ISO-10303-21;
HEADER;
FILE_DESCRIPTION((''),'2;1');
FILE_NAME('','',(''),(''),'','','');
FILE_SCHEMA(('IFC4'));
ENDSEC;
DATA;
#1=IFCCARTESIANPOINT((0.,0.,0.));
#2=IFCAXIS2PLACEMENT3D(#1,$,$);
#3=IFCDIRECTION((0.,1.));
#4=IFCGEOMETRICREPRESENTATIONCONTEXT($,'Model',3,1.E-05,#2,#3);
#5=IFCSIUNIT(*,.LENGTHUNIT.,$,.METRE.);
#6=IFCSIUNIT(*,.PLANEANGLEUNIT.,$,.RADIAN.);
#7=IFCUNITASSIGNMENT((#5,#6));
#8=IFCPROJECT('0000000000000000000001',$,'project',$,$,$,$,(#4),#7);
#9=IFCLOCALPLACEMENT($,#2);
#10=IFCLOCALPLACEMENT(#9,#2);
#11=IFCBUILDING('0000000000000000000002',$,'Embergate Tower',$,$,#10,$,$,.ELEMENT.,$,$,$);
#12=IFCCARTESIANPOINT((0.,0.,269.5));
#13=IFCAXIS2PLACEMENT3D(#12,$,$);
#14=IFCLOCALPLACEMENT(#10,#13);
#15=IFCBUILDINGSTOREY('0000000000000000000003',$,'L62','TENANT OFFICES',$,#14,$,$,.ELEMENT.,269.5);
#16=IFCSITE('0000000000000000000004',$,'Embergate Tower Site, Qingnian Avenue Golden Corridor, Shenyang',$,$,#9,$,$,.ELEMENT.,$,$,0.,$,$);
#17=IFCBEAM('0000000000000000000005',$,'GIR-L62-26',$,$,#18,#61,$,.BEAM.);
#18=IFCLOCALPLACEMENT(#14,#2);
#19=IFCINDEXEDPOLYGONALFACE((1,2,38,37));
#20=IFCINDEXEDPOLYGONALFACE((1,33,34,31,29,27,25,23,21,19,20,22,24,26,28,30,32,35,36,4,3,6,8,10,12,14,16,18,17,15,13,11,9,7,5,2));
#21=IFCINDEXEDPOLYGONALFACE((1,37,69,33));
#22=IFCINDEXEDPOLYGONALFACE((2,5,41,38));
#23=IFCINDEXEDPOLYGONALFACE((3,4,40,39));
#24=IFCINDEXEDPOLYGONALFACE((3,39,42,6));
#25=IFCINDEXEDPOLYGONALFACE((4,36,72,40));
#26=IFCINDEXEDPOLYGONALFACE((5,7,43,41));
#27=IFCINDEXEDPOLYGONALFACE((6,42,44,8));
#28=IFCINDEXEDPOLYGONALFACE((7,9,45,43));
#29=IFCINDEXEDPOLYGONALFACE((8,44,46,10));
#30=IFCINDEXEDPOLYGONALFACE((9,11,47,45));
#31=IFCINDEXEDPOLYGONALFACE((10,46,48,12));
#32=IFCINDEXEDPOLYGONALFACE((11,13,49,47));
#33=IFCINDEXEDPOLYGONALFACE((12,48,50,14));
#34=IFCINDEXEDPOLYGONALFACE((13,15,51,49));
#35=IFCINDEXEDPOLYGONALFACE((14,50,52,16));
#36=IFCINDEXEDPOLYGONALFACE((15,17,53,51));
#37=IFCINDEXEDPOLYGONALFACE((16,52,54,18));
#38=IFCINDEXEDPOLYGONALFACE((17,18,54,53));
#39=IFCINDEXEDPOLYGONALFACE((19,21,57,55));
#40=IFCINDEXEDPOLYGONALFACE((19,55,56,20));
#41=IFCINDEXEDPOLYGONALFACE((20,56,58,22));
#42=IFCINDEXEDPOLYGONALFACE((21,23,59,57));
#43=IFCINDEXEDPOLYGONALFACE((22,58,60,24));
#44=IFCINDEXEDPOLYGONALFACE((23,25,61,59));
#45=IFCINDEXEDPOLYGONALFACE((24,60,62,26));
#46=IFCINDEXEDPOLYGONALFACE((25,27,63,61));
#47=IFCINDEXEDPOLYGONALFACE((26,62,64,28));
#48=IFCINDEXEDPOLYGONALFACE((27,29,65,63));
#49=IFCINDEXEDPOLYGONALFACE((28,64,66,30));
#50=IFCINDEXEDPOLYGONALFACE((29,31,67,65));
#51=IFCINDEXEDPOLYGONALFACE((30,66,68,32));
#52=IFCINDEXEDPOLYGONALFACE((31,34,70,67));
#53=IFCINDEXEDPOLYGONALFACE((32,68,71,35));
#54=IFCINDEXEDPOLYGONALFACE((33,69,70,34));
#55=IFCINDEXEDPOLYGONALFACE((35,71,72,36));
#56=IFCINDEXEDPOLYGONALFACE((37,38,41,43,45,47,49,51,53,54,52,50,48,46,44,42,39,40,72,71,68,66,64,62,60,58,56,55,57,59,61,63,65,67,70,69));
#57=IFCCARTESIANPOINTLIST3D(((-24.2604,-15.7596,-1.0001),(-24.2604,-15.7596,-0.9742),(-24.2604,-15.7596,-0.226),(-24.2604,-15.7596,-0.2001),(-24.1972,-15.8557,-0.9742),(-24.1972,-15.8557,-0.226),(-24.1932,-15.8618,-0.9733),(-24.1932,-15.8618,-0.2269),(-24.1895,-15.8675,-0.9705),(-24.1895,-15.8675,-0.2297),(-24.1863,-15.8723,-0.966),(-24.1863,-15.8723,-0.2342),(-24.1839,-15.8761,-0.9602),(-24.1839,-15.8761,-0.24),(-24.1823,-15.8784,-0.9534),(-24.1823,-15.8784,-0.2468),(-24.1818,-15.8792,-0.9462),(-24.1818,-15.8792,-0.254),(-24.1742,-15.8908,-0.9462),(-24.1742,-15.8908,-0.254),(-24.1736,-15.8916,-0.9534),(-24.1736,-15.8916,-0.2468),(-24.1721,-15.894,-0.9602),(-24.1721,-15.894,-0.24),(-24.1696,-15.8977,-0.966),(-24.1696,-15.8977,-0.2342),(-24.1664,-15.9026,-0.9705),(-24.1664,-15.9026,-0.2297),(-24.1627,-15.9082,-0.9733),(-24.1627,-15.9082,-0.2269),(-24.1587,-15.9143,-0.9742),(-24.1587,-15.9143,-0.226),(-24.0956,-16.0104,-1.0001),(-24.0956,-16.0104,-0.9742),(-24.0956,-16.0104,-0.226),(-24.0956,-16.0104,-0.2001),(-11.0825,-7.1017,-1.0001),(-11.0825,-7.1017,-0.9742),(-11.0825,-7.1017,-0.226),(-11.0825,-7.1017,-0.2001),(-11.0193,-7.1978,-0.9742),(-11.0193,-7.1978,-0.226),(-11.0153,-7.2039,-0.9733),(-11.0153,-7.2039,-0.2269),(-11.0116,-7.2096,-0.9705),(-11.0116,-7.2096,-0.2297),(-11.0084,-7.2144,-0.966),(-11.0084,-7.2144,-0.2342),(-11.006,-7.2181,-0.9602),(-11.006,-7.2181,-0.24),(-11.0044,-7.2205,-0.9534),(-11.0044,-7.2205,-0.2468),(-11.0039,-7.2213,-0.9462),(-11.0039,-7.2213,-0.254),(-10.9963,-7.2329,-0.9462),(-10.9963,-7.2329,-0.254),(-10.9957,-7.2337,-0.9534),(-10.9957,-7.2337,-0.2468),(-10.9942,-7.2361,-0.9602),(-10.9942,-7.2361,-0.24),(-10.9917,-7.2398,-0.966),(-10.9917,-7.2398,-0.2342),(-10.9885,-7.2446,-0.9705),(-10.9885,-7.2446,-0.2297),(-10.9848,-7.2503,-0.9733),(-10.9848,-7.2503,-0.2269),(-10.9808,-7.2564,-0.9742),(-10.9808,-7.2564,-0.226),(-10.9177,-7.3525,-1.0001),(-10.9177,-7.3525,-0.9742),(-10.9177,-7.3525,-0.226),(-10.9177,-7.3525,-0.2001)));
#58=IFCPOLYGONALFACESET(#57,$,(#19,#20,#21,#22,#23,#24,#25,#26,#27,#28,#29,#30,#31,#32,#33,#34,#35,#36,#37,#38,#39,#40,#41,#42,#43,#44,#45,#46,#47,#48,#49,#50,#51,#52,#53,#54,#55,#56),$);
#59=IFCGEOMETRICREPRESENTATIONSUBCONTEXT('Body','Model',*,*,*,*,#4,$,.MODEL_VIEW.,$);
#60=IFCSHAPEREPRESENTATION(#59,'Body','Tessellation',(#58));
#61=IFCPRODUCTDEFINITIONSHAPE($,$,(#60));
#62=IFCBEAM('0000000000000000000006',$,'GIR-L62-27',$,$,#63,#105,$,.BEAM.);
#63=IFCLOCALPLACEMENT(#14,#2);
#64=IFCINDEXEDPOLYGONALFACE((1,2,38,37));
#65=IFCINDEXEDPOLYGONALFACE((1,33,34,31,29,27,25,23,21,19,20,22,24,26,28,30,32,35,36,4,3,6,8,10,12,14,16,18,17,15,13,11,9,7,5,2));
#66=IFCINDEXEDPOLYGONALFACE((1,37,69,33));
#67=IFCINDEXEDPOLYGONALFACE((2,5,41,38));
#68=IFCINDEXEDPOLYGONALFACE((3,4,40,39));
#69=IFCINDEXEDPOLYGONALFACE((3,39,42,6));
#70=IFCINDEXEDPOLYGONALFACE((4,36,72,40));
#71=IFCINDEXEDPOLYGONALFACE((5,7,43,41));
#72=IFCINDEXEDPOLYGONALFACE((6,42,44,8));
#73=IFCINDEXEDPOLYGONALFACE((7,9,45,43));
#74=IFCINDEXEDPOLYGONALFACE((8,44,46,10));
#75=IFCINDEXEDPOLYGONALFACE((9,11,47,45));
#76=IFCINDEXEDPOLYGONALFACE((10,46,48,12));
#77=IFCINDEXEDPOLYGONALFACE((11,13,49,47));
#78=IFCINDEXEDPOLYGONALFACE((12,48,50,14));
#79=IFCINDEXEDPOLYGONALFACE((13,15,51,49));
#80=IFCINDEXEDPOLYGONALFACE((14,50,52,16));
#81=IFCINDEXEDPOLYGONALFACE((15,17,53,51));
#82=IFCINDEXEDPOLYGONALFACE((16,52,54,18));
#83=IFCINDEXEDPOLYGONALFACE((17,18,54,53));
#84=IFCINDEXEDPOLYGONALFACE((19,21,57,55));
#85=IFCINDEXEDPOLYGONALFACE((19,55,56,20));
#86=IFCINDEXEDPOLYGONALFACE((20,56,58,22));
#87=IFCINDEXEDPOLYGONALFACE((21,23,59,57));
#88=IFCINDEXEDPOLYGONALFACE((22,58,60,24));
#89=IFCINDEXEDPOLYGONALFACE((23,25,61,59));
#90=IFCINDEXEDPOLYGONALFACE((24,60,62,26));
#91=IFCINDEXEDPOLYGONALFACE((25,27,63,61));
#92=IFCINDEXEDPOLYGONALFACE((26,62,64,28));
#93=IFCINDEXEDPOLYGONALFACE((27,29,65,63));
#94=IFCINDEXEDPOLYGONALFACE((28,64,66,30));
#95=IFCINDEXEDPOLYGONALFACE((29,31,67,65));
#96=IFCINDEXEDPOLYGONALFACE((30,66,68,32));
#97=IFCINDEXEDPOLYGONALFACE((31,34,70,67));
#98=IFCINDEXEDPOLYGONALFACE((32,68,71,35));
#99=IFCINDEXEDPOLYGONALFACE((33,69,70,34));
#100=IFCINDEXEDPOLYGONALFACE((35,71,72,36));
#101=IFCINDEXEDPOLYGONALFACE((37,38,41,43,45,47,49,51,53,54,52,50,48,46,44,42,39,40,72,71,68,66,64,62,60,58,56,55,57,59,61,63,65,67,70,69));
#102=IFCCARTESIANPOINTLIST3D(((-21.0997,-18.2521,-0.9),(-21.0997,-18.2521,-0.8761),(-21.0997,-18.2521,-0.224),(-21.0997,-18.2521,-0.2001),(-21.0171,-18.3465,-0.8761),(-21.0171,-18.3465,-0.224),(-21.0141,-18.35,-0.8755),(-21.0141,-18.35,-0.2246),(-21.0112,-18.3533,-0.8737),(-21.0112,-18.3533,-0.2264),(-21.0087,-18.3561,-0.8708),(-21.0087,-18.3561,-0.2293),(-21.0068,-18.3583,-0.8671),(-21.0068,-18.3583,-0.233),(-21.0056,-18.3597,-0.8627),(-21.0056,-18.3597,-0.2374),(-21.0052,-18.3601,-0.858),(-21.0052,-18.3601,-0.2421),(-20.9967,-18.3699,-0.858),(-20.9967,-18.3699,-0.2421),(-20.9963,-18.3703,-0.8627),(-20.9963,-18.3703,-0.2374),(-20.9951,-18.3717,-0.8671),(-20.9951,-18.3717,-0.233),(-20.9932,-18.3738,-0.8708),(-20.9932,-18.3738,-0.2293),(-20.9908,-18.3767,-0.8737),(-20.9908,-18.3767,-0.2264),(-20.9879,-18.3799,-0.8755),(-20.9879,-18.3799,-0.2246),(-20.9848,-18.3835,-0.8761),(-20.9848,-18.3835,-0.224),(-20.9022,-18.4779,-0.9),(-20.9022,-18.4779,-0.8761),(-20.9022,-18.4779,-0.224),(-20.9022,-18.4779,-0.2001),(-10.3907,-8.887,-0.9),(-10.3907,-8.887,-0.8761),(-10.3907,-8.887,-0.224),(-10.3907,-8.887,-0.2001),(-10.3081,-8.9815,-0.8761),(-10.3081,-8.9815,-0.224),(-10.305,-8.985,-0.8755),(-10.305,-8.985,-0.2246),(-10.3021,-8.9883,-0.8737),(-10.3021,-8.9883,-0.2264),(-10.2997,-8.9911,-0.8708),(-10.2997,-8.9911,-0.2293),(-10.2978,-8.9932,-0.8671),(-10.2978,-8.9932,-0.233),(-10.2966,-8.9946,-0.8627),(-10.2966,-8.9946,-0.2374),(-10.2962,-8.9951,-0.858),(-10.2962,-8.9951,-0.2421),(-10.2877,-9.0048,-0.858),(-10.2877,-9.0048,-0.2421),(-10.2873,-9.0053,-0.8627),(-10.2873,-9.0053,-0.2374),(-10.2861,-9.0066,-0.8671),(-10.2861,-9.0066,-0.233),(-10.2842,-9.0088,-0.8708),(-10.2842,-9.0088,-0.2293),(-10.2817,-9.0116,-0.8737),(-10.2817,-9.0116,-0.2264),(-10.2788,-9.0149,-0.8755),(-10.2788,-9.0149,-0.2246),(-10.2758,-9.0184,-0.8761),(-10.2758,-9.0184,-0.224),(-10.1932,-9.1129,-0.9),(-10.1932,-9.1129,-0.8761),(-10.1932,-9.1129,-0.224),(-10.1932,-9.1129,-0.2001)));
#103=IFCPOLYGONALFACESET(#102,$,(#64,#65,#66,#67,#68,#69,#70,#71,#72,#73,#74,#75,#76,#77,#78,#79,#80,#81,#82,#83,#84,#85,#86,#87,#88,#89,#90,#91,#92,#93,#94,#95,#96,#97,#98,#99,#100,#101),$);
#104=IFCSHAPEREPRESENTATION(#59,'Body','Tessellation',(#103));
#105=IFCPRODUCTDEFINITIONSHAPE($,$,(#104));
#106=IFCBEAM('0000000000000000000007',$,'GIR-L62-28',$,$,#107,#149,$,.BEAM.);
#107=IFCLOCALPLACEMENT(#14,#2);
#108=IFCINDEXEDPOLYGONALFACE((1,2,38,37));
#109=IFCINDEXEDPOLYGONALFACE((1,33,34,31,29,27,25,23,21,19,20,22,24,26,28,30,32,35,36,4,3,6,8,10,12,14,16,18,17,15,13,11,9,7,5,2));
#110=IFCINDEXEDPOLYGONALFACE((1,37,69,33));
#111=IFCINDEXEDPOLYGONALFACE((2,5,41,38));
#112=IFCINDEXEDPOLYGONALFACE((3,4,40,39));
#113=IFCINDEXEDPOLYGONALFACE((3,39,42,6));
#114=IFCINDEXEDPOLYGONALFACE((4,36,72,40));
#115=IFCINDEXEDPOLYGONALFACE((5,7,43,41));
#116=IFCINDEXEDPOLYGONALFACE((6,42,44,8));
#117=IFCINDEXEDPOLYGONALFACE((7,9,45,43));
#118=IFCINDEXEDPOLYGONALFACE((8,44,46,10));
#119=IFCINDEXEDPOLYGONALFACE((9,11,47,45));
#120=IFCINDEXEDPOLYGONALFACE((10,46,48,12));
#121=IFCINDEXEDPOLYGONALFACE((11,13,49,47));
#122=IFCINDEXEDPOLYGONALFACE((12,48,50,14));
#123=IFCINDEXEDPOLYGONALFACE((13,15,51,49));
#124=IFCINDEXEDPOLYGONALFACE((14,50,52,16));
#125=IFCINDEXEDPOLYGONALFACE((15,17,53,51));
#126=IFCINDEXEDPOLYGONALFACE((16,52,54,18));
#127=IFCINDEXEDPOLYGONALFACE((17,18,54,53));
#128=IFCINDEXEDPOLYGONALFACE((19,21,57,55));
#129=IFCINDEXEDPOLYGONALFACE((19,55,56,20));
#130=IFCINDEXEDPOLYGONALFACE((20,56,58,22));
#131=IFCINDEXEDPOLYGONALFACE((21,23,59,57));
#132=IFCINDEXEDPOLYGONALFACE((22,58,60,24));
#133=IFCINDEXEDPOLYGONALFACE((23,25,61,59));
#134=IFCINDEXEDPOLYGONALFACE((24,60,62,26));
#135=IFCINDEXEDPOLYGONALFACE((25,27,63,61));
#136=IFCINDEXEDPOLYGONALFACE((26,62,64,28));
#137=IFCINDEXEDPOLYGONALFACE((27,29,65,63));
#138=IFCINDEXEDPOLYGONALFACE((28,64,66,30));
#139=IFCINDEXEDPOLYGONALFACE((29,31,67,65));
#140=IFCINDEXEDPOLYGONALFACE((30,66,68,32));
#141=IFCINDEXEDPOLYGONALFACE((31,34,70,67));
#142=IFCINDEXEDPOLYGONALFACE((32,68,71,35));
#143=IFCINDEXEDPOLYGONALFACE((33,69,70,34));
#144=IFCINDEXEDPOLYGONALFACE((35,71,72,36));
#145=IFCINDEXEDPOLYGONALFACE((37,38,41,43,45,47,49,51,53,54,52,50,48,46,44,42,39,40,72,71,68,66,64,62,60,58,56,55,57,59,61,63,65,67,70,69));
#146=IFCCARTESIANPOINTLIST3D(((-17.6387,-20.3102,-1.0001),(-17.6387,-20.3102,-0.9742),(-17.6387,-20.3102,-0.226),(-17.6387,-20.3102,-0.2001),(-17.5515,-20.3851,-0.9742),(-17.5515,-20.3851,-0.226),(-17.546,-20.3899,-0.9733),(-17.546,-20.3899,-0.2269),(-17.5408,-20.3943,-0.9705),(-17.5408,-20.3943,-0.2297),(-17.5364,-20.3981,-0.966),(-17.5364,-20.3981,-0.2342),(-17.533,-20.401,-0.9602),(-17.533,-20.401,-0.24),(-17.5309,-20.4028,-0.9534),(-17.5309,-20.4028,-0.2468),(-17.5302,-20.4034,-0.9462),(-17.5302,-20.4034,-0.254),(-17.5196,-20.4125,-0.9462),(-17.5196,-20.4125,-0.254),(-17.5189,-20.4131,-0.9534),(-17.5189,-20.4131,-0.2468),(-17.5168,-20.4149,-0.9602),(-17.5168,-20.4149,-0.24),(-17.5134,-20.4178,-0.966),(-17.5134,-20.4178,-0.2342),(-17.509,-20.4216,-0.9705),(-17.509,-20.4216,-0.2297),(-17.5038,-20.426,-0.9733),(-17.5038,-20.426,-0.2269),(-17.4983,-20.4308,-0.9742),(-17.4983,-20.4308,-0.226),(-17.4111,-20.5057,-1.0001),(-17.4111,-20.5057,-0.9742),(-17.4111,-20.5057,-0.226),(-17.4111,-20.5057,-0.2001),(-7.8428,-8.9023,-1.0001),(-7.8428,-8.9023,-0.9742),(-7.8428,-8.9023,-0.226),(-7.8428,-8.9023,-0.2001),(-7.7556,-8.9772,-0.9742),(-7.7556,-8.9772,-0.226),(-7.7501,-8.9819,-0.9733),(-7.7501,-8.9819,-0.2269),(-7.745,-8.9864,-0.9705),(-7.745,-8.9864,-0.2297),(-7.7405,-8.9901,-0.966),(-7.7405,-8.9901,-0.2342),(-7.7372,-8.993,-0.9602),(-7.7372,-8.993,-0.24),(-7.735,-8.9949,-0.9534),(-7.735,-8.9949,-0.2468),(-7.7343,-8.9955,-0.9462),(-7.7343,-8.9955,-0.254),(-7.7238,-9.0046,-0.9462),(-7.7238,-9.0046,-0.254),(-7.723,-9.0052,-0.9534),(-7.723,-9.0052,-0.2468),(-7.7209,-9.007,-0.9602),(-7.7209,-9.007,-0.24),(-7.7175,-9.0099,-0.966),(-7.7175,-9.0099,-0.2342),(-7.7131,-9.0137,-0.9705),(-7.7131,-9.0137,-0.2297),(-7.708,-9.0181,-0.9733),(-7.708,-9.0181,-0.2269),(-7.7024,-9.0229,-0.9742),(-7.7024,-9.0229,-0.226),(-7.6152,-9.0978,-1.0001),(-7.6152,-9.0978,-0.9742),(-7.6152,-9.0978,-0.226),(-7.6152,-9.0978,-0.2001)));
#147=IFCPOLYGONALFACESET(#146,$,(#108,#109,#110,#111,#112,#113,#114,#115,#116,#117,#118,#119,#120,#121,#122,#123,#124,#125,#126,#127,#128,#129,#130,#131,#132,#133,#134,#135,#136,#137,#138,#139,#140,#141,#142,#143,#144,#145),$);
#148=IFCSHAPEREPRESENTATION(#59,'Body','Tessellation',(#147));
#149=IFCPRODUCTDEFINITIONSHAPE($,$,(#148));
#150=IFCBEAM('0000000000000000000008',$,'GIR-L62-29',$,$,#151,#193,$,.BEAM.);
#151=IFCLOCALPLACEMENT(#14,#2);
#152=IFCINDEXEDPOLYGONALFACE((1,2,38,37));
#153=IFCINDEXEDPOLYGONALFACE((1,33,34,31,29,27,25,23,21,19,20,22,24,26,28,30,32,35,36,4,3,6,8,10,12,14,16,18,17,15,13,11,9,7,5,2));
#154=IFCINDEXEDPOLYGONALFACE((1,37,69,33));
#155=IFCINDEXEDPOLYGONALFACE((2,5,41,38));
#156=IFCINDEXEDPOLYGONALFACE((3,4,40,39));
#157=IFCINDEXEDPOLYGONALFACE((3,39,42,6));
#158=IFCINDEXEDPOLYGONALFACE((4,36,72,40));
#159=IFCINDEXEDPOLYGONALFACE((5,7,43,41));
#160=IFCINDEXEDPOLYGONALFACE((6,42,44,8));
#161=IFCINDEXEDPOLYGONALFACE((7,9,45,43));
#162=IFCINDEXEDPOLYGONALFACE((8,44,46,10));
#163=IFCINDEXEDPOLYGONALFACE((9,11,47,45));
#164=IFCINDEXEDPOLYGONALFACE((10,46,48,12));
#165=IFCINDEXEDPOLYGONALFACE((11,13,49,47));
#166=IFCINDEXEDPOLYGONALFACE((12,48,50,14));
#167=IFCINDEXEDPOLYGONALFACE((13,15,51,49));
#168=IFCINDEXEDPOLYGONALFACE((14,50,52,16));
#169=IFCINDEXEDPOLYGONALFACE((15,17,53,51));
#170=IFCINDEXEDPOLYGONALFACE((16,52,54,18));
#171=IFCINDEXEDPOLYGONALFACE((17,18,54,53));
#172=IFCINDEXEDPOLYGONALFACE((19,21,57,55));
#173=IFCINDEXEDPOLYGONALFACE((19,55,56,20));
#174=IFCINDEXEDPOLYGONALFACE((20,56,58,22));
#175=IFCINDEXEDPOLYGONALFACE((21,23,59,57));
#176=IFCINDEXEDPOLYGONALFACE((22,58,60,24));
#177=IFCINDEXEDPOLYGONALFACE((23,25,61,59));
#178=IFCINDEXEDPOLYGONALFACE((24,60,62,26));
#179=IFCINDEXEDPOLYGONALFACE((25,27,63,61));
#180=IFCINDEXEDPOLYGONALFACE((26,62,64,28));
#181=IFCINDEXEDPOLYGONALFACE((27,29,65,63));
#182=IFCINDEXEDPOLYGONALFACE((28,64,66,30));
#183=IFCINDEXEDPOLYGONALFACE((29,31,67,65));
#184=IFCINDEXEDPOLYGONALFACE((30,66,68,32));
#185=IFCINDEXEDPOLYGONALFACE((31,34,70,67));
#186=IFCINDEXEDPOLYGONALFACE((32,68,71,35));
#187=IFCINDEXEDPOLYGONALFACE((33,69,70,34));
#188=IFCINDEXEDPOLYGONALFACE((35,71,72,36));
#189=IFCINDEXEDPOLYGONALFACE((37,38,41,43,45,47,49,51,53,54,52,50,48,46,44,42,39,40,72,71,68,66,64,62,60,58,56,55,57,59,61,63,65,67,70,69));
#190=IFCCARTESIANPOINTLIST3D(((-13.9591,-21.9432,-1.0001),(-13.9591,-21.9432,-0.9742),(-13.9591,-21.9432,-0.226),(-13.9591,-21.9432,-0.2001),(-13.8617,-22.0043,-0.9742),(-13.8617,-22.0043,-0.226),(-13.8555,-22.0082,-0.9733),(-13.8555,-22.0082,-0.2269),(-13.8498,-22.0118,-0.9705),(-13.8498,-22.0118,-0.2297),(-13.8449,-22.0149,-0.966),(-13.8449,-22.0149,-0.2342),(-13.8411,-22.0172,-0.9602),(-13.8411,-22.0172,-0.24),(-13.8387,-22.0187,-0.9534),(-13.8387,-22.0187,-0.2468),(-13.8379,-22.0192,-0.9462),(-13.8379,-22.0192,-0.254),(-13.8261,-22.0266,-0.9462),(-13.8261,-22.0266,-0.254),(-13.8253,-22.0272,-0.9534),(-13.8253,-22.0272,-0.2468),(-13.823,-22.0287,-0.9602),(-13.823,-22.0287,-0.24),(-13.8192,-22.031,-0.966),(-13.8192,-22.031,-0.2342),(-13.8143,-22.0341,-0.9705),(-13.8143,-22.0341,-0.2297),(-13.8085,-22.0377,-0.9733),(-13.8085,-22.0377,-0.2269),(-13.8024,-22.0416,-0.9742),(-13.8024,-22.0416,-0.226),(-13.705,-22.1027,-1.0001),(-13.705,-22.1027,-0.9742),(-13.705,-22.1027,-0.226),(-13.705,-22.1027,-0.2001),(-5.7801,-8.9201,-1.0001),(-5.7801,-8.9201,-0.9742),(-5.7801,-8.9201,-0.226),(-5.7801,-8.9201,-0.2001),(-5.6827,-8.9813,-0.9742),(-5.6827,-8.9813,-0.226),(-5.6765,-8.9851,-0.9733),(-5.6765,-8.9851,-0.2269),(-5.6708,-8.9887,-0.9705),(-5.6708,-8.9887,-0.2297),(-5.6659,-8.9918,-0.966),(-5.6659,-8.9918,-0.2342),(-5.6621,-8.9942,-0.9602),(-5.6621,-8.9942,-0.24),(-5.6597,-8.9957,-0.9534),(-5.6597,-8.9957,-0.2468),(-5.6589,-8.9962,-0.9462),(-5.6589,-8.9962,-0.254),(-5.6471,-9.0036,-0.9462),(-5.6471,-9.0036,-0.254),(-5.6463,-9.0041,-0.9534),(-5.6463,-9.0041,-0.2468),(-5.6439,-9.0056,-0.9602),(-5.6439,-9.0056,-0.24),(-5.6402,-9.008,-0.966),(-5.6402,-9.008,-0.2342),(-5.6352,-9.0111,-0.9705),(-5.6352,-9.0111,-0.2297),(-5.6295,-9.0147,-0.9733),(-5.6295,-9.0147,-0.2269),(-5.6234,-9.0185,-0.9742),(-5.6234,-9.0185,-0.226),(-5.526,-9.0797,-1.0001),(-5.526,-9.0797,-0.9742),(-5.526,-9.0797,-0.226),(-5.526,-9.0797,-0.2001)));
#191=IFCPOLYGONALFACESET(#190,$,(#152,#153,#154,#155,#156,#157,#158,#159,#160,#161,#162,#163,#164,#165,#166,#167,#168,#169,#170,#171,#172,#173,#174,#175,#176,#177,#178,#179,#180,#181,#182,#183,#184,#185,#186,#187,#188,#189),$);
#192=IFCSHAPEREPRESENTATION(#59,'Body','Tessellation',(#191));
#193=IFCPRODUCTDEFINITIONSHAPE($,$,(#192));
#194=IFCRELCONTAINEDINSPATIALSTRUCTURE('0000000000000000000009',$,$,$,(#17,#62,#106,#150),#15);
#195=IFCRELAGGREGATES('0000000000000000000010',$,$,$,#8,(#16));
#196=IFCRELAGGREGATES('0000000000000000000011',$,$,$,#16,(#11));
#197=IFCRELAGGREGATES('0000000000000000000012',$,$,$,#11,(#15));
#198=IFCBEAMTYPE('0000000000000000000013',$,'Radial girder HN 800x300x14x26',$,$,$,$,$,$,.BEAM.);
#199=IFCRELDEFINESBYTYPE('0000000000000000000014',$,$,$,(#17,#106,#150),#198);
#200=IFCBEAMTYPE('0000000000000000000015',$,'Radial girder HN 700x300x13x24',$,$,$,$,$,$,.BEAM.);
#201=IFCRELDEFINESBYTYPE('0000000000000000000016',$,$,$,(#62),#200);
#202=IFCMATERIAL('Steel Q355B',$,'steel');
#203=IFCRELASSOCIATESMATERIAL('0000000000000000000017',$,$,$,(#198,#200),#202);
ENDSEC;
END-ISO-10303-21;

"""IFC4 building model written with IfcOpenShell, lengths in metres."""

from ifc_helpers import new_model, si_unit, direction, frame, origin, origin_2d, place, context, subcontext, project, spatial, i_section, extrude, source, transform, mapped, material, material_profile, profile_set, type_object, element, save


model = new_model("IFC4")

# Units and contexts
model_context = context("Model", 3, precision=1e-05, world=origin(), true_north=direction((0.0, 1.0)))
body_context = subcontext(model_context, "Body", "Model", "MODEL_VIEW")
ifc_project = project(units=[si_unit("LENGTHUNIT", "METRE"), si_unit("PLANEANGLEUNIT", "RADIAN")], contexts=[model_context])

# Site, building, storey
site_placement = place(None, origin())
site = spatial("IfcSite", under=ifc_project, at=site_placement, Name="Embergate Tower Site, Qingnian Avenue Golden Corridor, Shenyang", CompositionType="ELEMENT", RefElevation=0.0)
building_placement = place(site_placement, origin())
building = spatial("IfcBuilding", under=site, at=building_placement, Name="Embergate Tower", CompositionType="ELEMENT")
storey_placement = place(building_placement, frame((0.0, 0.0, 269.5)))
storey = spatial("IfcBuildingStorey", under=building, at=storey_placement, Name="L62", Description="TENANT OFFICES", CompositionType="ELEMENT", Elevation=269.5)

# Beams
ifc_material_1 = material(Name="Steel Q355B", Category="steel")
ifc_material_profile_1 = material_profile(ifc_material_1, i_section(OverallWidth=0.3, OverallDepth=0.8, WebThickness=0.0139, FlangeThickness=0.0259, FilletRadius=0.0281, at=origin_2d()), Name="HN 800x300x14x26")
ifc_profile_set_1 = profile_set([ifc_material_profile_1], Name="Steel Q355 grade B")
beam_type_1 = type_object("IfcBeamType", Name="Radial girder HN 800x300x14x26", PredefinedType="BEAM", material=ifc_profile_set_1)
shared_shape_1 = source(origin(), body_context, "Body", "SweptSolid", [
    extrude(i_section(OverallWidth=0.3, OverallDepth=0.8, WebThickness=0.0139, FlangeThickness=0.0259, FilletRadius=0.0281, at=origin_2d()), origin(), (0.0, 0.0, 1.0), 15.7676),
])
beam_1_placement = place(storey_placement, frame((-24.178, -15.885, -0.6001), z_axis=(0.835759, 0.549096, 0.0), x_axis=(-0.549096, 0.835759, 0.0)))
element("IfcBeam", 1, at=beam_1_placement, inside=storey, type_object=beam_type_1, Name="GIR-L62-26", PredefinedType="BEAM", context=body_context, shape_type="MappedRepresentation", body=[
    mapped(shared_shape_1, transform((0.0, 0.0, 0.0))),
])
ifc_material_profile_2 = material_profile(ifc_material_1, i_section(OverallWidth=0.3, OverallDepth=0.7, WebThickness=0.0129, FlangeThickness=0.0239, FilletRadius=0.0181, at=origin_2d()), Name="HN 700x300x13x24")
ifc_profile_set_2 = profile_set([ifc_material_profile_2], Name="Steel Q355 grade B")
beam_type_2 = type_object("IfcBeamType", Name="Radial girder HN 700x300x13x24", PredefinedType="BEAM", material=ifc_profile_set_2)
shared_shape_2 = source(origin(), body_context, "Body", "SweptSolid", [
    extrude(i_section(OverallWidth=0.3, OverallDepth=0.7, WebThickness=0.0129, FlangeThickness=0.0239, FilletRadius=0.0181, at=origin_2d()), origin(), (0.0, 0.0, 1.0), 14.2263),
])
beam_2_placement = place(storey_placement, frame((-21.001, -18.365, -0.55), z_axis=(0.752764, 0.658291, 0.0), x_axis=(-0.658291, 0.752764, 0.0)))
element("IfcBeam", 2, at=beam_2_placement, inside=storey, type_object=beam_type_2, Name="GIR-L62-27", PredefinedType="BEAM", context=body_context, shape_type="MappedRepresentation", body=[
    mapped(shared_shape_2, transform((0.0, 0.0, 0.0))),
])
shared_shape_3 = source(origin(), body_context, "Body", "SweptSolid", [
    extrude(i_section(OverallWidth=0.3, OverallDepth=0.8, WebThickness=0.0139, FlangeThickness=0.0259, FilletRadius=0.0281, at=origin_2d()), origin(), (0.0, 0.0, 1.0), 15.0366),
])
beam_3_placement = place(storey_placement, frame((-17.5249, -20.408, -0.6001), z_axis=(0.651468, 0.758676, 0.0), x_axis=(-0.758676, 0.651468, 0.0)))
element("IfcBeam", 3, at=beam_3_placement, inside=storey, type_object=beam_type_1, Name="GIR-L62-28", PredefinedType="BEAM", context=body_context, shape_type="MappedRepresentation", body=[
    mapped(shared_shape_3, transform((0.0, 0.0, 0.0))),
])
shared_shape_4 = source(origin(), body_context, "Body", "SweptSolid", [
    extrude(i_section(OverallWidth=0.3, OverallDepth=0.8, WebThickness=0.0139, FlangeThickness=0.0259, FilletRadius=0.0281, at=origin_2d()), origin(), (0.0, 0.0, 1.0), 15.3784),
])
beam_4_placement = place(storey_placement, frame((-13.832, -22.0229, -0.6001), z_axis=(0.53185, 0.846839, 0.0), x_axis=(-0.846839, 0.53185, 0.0)))
element("IfcBeam", 4, at=beam_4_placement, inside=storey, type_object=beam_type_1, Name="GIR-L62-29", PredefinedType="BEAM", context=body_context, shape_type="MappedRepresentation", body=[
    mapped(shared_shape_4, transform((0.0, 0.0, 0.0))),
])

save(model, "model.ifc")
